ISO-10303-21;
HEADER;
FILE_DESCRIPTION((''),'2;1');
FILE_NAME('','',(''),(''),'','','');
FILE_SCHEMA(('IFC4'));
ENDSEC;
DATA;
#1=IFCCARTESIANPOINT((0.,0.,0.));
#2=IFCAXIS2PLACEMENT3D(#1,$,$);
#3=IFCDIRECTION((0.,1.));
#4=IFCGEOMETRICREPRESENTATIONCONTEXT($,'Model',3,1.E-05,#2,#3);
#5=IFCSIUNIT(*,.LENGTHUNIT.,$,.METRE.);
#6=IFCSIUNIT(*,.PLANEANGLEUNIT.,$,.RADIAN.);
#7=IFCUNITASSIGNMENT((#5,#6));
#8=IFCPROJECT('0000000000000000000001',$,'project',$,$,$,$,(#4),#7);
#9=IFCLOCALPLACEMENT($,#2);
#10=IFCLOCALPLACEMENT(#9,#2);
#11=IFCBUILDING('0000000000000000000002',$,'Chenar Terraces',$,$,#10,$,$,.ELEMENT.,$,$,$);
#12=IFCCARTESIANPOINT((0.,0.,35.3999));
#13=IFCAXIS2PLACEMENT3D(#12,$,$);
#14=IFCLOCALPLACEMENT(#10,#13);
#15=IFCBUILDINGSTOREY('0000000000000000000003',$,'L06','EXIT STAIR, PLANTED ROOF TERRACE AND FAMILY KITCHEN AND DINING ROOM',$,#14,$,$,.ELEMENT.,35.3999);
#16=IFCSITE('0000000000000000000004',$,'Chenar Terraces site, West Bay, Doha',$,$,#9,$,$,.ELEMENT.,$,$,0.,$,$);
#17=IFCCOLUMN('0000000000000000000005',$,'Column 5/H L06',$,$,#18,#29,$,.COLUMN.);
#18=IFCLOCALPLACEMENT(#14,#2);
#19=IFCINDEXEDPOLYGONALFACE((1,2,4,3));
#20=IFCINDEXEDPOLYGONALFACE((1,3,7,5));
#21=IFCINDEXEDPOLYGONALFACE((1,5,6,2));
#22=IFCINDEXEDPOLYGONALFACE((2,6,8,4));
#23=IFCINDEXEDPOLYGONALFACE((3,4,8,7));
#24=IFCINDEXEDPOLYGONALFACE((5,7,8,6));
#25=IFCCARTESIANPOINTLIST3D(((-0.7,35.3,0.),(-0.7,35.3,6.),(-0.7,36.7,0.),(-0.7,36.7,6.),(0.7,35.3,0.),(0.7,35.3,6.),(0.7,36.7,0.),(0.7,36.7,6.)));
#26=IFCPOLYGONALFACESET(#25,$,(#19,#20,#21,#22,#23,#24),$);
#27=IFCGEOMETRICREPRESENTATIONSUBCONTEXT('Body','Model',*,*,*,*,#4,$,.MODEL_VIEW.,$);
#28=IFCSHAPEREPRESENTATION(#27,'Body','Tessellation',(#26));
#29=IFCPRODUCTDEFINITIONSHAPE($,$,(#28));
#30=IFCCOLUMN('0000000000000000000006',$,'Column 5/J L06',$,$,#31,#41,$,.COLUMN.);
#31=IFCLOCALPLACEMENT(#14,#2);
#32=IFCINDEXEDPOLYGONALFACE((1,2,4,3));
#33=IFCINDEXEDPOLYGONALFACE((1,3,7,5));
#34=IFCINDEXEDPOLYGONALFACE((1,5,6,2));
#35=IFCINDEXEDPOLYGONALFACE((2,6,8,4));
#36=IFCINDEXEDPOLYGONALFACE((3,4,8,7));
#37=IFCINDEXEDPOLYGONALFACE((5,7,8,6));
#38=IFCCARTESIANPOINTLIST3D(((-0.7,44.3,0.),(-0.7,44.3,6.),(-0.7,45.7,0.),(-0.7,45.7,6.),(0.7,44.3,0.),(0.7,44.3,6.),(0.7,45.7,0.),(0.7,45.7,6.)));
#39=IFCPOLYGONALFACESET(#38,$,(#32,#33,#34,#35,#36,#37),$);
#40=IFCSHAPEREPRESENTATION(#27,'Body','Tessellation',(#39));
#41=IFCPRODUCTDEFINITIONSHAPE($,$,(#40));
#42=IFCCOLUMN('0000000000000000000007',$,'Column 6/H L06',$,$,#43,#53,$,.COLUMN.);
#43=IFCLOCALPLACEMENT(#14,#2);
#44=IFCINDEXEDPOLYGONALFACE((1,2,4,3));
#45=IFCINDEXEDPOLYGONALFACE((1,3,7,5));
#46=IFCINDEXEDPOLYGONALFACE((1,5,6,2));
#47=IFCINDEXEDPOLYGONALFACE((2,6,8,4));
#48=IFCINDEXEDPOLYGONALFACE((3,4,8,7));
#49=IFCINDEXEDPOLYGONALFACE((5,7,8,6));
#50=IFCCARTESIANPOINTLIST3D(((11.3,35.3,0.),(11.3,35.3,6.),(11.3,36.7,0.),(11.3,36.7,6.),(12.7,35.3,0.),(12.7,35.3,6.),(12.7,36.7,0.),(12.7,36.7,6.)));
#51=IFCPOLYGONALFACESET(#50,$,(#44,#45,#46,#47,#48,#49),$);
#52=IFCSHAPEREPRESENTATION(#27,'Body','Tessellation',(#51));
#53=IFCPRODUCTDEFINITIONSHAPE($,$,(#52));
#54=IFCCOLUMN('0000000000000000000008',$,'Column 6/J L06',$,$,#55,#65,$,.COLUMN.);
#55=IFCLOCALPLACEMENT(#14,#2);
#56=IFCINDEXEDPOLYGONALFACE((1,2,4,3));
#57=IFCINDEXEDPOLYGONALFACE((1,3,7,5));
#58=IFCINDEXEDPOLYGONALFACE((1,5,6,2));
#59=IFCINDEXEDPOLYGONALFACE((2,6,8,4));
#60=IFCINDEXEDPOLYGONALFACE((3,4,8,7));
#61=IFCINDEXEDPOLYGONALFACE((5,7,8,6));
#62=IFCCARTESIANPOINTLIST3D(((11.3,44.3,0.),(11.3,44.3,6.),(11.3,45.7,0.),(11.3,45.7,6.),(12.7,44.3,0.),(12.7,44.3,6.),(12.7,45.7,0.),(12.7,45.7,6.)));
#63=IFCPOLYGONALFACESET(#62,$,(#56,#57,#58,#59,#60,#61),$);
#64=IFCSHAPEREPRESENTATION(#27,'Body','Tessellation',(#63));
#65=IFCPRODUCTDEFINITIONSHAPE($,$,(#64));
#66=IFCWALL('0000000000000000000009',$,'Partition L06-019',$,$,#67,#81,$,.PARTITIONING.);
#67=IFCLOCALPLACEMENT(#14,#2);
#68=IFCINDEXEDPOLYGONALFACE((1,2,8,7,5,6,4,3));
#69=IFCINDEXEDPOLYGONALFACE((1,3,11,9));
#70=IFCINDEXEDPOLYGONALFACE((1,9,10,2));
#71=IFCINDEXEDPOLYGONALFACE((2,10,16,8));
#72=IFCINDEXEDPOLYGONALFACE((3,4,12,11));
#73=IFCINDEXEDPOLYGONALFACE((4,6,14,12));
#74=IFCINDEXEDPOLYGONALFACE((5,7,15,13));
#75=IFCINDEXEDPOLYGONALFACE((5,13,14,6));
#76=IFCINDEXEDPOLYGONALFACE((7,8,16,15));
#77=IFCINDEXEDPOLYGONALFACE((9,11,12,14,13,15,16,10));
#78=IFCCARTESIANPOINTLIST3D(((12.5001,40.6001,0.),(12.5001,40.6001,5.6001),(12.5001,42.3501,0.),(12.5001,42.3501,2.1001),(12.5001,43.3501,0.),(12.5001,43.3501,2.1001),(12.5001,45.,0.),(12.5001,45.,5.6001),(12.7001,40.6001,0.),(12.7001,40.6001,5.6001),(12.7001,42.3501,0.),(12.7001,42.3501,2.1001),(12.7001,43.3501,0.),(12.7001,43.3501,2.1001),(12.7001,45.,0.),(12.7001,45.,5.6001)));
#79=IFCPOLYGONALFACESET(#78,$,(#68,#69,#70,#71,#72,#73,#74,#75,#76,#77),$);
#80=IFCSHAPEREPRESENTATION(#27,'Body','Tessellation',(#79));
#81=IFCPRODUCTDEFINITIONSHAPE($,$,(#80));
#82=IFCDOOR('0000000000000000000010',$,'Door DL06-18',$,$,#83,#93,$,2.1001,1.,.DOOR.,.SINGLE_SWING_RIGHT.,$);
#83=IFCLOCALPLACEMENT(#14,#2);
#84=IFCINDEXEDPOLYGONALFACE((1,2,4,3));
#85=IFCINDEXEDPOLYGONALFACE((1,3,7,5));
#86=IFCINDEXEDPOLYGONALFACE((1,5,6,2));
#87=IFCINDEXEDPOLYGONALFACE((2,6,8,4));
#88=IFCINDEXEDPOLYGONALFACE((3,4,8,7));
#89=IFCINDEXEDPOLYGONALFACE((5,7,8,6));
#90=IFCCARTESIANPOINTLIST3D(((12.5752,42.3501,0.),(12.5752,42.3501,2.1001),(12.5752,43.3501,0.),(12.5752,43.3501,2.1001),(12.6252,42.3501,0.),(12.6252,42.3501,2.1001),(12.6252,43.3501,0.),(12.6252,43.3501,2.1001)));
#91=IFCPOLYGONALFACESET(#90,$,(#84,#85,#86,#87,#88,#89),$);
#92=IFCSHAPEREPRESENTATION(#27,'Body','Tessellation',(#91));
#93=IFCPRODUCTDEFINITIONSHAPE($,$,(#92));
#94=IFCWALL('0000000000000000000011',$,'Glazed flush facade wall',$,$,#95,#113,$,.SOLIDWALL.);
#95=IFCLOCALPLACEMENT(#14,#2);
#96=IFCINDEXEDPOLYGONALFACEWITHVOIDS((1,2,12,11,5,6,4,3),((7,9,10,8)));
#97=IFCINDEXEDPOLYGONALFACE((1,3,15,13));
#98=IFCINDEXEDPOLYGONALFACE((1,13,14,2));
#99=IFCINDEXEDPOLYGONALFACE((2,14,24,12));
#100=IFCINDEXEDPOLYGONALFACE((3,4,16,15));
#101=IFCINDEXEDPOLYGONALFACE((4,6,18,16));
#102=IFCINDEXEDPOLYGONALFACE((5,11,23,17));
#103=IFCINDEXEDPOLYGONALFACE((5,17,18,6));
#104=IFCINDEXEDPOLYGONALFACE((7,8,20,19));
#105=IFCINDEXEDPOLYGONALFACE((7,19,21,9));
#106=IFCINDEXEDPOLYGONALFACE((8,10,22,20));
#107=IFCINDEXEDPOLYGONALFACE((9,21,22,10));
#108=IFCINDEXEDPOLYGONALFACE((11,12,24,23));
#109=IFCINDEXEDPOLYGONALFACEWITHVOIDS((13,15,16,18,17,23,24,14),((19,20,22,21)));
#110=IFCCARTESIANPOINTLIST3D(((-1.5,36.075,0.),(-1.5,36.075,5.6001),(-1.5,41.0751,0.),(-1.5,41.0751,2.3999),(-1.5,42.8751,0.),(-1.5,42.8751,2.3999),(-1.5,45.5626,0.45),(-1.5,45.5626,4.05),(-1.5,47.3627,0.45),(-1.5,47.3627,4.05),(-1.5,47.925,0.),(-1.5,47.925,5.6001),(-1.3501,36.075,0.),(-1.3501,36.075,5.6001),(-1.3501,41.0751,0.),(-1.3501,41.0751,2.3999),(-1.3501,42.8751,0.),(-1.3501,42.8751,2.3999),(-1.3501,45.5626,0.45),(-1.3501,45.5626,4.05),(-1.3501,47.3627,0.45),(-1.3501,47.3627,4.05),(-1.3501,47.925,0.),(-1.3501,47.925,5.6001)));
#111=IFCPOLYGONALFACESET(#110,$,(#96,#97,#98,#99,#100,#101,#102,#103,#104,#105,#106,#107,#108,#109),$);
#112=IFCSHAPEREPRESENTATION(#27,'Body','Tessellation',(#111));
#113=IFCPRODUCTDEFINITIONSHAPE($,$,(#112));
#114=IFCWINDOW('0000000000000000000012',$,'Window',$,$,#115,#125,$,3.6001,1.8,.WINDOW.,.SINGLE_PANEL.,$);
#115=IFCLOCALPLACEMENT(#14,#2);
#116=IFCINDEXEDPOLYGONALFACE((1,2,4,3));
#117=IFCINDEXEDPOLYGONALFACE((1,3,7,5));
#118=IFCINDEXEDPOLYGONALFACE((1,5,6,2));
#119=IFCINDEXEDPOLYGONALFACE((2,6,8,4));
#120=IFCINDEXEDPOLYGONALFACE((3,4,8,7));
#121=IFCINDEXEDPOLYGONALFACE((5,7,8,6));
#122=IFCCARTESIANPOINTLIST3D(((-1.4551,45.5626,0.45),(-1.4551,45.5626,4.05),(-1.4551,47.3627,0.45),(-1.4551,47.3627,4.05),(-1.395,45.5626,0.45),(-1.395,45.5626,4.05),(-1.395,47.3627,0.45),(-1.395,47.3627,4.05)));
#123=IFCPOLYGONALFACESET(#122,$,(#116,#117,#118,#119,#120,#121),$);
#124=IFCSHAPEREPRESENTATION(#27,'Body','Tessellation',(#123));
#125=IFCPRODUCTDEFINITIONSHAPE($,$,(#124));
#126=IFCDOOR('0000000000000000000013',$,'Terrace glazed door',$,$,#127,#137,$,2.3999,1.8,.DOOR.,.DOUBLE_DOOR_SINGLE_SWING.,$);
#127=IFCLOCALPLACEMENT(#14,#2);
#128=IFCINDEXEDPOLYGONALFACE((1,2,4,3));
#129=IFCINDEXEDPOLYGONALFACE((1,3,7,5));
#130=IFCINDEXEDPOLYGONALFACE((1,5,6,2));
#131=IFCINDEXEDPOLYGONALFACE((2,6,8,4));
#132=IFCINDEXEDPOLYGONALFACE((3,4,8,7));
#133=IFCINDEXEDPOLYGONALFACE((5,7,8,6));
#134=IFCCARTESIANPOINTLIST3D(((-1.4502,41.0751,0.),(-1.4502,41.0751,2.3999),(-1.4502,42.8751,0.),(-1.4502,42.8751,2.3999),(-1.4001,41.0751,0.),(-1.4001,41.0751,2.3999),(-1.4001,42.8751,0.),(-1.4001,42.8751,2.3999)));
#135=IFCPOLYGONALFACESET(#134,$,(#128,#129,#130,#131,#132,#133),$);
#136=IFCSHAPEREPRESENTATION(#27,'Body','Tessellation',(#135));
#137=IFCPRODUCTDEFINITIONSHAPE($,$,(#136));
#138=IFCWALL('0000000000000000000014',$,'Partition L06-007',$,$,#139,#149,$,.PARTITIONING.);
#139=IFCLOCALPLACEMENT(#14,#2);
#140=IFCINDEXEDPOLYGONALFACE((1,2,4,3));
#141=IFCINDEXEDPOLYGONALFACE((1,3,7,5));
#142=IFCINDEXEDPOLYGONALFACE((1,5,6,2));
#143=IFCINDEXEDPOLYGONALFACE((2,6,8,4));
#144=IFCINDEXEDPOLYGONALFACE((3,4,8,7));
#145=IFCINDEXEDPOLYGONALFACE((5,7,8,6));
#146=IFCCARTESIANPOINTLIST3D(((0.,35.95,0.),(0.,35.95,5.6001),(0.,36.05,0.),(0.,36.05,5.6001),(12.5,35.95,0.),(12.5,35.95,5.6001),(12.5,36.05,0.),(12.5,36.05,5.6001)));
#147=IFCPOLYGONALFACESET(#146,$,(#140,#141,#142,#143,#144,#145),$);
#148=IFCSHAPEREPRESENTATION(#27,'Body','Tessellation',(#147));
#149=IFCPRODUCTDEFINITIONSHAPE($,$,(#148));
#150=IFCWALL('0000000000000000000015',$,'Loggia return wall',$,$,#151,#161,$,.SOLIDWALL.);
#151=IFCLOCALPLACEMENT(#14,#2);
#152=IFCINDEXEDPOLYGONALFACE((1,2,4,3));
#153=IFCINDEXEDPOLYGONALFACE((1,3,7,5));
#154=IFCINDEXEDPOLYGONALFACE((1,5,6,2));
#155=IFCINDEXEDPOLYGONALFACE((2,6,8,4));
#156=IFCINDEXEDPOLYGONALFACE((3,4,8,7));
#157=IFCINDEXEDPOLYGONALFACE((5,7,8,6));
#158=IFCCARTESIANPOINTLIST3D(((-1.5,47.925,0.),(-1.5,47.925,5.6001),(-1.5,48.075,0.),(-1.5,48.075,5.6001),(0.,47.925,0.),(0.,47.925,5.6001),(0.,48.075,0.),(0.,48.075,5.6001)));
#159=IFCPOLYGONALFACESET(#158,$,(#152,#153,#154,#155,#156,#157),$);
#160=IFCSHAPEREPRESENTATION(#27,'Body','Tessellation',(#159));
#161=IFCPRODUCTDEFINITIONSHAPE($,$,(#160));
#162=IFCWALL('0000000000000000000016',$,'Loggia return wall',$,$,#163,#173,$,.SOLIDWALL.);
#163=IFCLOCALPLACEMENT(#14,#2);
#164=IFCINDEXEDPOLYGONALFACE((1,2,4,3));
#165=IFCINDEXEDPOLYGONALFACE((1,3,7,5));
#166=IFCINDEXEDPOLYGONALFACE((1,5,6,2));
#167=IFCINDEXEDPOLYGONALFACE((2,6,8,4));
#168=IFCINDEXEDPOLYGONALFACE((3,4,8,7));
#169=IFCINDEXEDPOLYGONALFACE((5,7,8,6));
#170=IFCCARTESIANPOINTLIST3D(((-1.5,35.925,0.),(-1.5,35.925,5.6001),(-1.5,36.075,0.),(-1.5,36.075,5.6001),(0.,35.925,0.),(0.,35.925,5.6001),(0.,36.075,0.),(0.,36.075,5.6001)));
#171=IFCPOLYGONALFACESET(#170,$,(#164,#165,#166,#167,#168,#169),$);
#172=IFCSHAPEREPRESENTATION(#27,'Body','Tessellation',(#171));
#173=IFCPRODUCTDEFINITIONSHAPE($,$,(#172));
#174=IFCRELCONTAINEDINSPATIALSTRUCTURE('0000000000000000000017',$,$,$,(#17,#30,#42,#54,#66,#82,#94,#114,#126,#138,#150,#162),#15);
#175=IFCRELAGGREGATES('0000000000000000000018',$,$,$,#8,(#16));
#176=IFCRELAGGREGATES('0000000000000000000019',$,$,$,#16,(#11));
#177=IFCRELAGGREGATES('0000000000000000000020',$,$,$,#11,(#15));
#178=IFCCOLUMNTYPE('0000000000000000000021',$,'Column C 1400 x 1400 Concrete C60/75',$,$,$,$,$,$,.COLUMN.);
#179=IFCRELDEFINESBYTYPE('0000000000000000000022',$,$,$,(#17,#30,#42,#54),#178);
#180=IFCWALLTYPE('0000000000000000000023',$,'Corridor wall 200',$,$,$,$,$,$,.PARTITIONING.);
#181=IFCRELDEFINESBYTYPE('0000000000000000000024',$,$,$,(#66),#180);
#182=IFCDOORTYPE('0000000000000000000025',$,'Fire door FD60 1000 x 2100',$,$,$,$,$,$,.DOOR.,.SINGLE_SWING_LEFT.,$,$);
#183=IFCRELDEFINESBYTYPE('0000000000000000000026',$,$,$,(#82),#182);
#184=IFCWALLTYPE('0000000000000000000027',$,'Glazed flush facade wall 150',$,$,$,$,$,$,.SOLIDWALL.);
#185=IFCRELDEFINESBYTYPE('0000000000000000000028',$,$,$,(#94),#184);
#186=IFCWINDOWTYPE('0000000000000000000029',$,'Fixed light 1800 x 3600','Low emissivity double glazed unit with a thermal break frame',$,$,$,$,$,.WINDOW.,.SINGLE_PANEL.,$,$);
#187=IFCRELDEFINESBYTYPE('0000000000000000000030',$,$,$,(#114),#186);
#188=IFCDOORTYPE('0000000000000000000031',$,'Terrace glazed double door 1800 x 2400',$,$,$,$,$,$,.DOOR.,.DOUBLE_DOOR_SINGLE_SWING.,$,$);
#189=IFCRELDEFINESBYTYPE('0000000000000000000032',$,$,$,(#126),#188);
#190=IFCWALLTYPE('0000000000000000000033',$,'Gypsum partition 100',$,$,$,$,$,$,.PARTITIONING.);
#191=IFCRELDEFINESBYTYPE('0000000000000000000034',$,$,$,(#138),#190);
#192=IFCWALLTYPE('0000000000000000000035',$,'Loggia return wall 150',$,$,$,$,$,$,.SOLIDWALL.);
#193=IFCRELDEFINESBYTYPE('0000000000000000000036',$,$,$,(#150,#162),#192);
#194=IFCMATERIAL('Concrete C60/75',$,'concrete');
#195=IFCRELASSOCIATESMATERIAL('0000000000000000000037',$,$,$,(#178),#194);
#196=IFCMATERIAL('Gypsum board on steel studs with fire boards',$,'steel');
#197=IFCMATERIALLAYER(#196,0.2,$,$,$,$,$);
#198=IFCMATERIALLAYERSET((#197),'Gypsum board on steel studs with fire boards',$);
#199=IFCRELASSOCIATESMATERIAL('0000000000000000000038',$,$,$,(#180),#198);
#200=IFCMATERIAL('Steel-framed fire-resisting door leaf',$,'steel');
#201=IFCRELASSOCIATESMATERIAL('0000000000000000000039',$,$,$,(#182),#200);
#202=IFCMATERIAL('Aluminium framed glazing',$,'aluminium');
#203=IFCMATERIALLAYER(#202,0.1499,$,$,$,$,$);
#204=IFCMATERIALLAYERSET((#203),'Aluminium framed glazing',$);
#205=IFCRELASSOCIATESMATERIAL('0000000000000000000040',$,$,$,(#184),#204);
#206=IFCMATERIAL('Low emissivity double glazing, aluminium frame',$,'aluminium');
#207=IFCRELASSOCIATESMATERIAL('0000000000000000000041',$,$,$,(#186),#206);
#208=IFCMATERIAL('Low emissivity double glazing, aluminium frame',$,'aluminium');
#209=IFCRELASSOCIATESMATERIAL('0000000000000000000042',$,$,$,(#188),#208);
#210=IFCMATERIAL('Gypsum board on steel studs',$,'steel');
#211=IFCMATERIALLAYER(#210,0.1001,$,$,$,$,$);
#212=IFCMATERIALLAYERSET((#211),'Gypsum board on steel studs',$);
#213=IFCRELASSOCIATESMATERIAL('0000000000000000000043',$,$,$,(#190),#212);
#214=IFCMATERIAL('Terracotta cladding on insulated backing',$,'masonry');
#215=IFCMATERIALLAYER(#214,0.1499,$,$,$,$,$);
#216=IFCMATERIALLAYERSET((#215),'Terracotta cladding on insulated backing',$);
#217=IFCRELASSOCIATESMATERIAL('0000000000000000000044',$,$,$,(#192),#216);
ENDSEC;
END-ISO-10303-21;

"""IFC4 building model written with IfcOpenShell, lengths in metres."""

from ifc_helpers import new_model, si_unit, direction, frame, frame_2d, origin, origin_2d, place, context, subcontext, project, spatial, rectangle, extrude, material, layer, layer_set, material_profile, profile_set, type_object, element, fill, save


model = new_model("IFC4")

# Units and contexts
model_context = context("Model", 3, precision=1e-05, world=origin(), true_north=direction((0.0, 1.0)))
body_context = subcontext(model_context, "Body", "Model", "MODEL_VIEW")
ifc_project = project(units=[si_unit("LENGTHUNIT", "METRE"), si_unit("PLANEANGLEUNIT", "RADIAN")], contexts=[model_context])

# Site, building, storey
site_placement = place(None, origin())
site = spatial("IfcSite", under=ifc_project, at=site_placement, Name="Chenar Terraces site, West Bay, Doha", CompositionType="ELEMENT", RefElevation=0.0)
building_placement = place(site_placement, origin())
building = spatial("IfcBuilding", under=site, at=building_placement, Name="Chenar Terraces", CompositionType="ELEMENT")
storey_placement = place(building_placement, frame((0.0, 0.0, 35.3999)))
storey = spatial("IfcBuildingStorey", under=building, at=storey_placement, Name="L06", Description="EXIT STAIR, PLANTED ROOF TERRACE AND FAMILY KITCHEN AND DINING ROOM", CompositionType="ELEMENT", Elevation=35.3999)

# Columns
ifc_material_1 = material(Name="Concrete C60/75", Category="concrete")
ifc_material_profile_1 = material_profile(ifc_material_1, rectangle(XDim=1.3999, YDim=1.3999, at=origin_2d()), Name="C 1400 x 1400")
ifc_profile_set_1 = profile_set([ifc_material_profile_1], Name="Concrete C60/75")
column_type = type_object("IfcColumnType", Name="Column C 1400 x 1400 Concrete C60/75", PredefinedType="COLUMN", material=ifc_profile_set_1)
placement = place(storey_placement, frame((0.0, 36.0, 0.0), z_axis=(0.0, 0.0, 1.0), x_axis=(1.0, 0.0, 0.0)))
element("IfcColumn", 1, at=placement, inside=storey, type_object=column_type, Name="Column 5/H L06", PredefinedType="COLUMN", context=body_context, shape_type="SweptSolid", body=[
    extrude(rectangle(XDim=1.3999, YDim=1.3999, at=origin_2d()), origin(), (0.0, 0.0, 1.0), 6.0),
])
for number, where, z_axis, x_axis, name in (
    (2, (0.0, 45.0, 0.0), (0.0, 0.0, 1.0), (1.0, 0.0, 0.0), "Column 5/J L06"),
    (3, (12.0, 36.0, 0.0), (0.0, 0.0, 1.0), (1.0, 0.0, 0.0), "Column 6/H L06"),
    (4, (12.0, 45.0, 0.0), (0.0, 0.0, 1.0), (1.0, 0.0, 0.0), "Column 6/J L06"),
):
    element("IfcColumn", number, at=place(storey_placement, frame(where, z_axis=z_axis, x_axis=x_axis)), inside=storey, type_object=column_type, Name=name, PredefinedType="COLUMN", context=body_context, shape_type="SweptSolid", body=[
        extrude(rectangle(XDim=1.3999, YDim=1.3999, at=origin_2d()), origin(), (0.0, 0.0, 1.0), 6.0),
    ])

# Wall, opening, door
ifc_material_2 = material(Name="Gypsum board on steel studs with fire boards", Category="steel")
ifc_layer_1 = layer(ifc_material_2, 0.2)
ifc_layer_set_1 = layer_set([ifc_layer_1], Name="Gypsum board on steel studs with fire boards")
wall_type_1 = type_object("IfcWallType", Name="Corridor wall 200", PredefinedType="PARTITIONING", material=ifc_layer_set_1)
wall_1_placement = place(storey_placement, frame((12.6001, 40.6001, 0.0), z_axis=(0.0, 0.0, 1.0), x_axis=(0.0, 1.0, 0.0)))
wall_1 = element("IfcWall", 5, at=wall_1_placement, inside=storey, type_object=wall_type_1, Name="Partition L06-019", PredefinedType="PARTITIONING", context=body_context, shape_type="SweptSolid", body=[
    extrude(rectangle(XDim=4.3999, YDim=0.2, at=frame_2d((2.2, 0.0))), origin(), (0.0, 0.0, 1.0), 5.6001),
])
opening_1_placement = place(wall_1_placement, frame((1.75, 0.0, 0.0)))
opening_1 = element("IfcOpeningElement", 6, at=opening_1_placement, cuts=wall_1, PredefinedType="OPENING", context=body_context, shape_type="SweptSolid", body=[
    extrude(rectangle(XDim=1.0, YDim=2.1001, at=frame_2d((0.5, 1.05))), frame((0.0, 0.1099, 0.0), z_axis=(0.0, -1.0, 0.0), x_axis=(1.0, 0.0, 0.0)), (0.0, 0.0, 1.0), 0.22),
])
ifc_material_3 = material(Name="Steel-framed fire-resisting door leaf", Category="steel")
door_type_1 = type_object("IfcDoorType", Name="Fire door FD60 1000 x 2100", OperationType="SINGLE_SWING_LEFT", PredefinedType="DOOR", material=ifc_material_3)
door_1_placement = place(opening_1_placement, origin())
door_1 = element("IfcDoor", 7, at=door_1_placement, inside=storey, type_object=door_type_1, Name="Door DL06-18", OperationType="SINGLE_SWING_RIGHT", OverallHeight=2.1001, OverallWidth=1.0, PredefinedType="DOOR", context=body_context, shape_type="SweptSolid", body=[
    extrude(rectangle(XDim=1.0, YDim=2.1001, at=frame_2d((0.5, 1.05))), frame((0.0, 0.0249, 0.0), z_axis=(0.0, -1.0, 0.0), x_axis=(1.0, 0.0, 0.0)), (0.0, 0.0, 1.0), 0.05),
])
fill(opening_1, door_1)

# Wall, openings, window, door
ifc_material_4 = material(Name="Aluminium framed glazing", Category="aluminium")
ifc_layer_2 = layer(ifc_material_4, 0.1499)
ifc_layer_set_2 = layer_set([ifc_layer_2], Name="Aluminium framed glazing")
wall_type_2 = type_object("IfcWallType", Name="Glazed flush facade wall 150", PredefinedType="SOLIDWALL", material=ifc_layer_set_2)
wall_2_placement = place(storey_placement, frame((-1.425, 47.925, 0.0), z_axis=(0.0, 0.0, 1.0), x_axis=(0.0, -1.0, 0.0)))
wall_2 = element("IfcWall", 8, at=wall_2_placement, inside=storey, type_object=wall_type_2, Name="Glazed flush facade wall", PredefinedType="SOLIDWALL", context=body_context, shape_type="SweptSolid", body=[
    extrude(rectangle(XDim=11.8501, YDim=0.1499, at=frame_2d((5.925, 0.0))), origin(), (0.0, 0.0, 1.0), 5.6001),
])
opening_2_placement = place(wall_2_placement, frame((0.5625, 0.0, 0.45)))
opening_2 = element("IfcOpeningElement", 9, at=opening_2_placement, cuts=wall_2, PredefinedType="OPENING", context=body_context, shape_type="SweptSolid", body=[
    extrude(rectangle(XDim=1.8, YDim=3.6001, at=frame_2d((0.8999, 1.8))), frame((0.0, 0.085, 0.0), z_axis=(0.0, -1.0, 0.0), x_axis=(1.0, 0.0, 0.0)), (0.0, 0.0, 1.0), 0.1699),
])
opening_3_placement = place(wall_2_placement, frame((5.05, 0.0, 0.0)))
opening_3 = element("IfcOpeningElement", 10, at=opening_3_placement, cuts=wall_2, PredefinedType="OPENING", context=body_context, shape_type="SweptSolid", body=[
    extrude(rectangle(XDim=1.8, YDim=2.3999, at=frame_2d((0.8999, 1.2))), frame((0.0, 0.085, 0.0), z_axis=(0.0, -1.0, 0.0), x_axis=(1.0, 0.0, 0.0)), (0.0, 0.0, 1.0), 0.1699),
])
ifc_material_5 = material(Name="Low emissivity double glazing, aluminium frame", Category="aluminium")
window_type = type_object("IfcWindowType", Name="Fixed light 1800 x 3600", Description="Low emissivity double glazed unit with a thermal break frame", PartitioningType="SINGLE_PANEL", PredefinedType="WINDOW", material=ifc_material_5)
window_placement = place(opening_2_placement, origin())
window = element("IfcWindow", 11, at=window_placement, inside=storey, type_object=window_type, Name="Window", OverallHeight=3.6001, OverallWidth=1.8, PartitioningType="SINGLE_PANEL", PredefinedType="WINDOW", context=body_context, shape_type="SweptSolid", body=[
    extrude(rectangle(XDim=1.8, YDim=3.6001, at=frame_2d((0.8999, 1.8))), frame((0.0, 0.03, 0.0), z_axis=(0.0, -1.0, 0.0), x_axis=(1.0, 0.0, 0.0)), (0.0, 0.0, 1.0), 0.0601),
])
fill(opening_2, window)
ifc_material_6 = material(Name="Low emissivity double glazing, aluminium frame", Category="aluminium")
door_type_2 = type_object("IfcDoorType", Name="Terrace glazed double door 1800 x 2400", OperationType="DOUBLE_DOOR_SINGLE_SWING", PredefinedType="DOOR", material=ifc_material_6)
door_2_placement = place(opening_3_placement, origin())
door_2 = element("IfcDoor", 12, at=door_2_placement, inside=storey, type_object=door_type_2, Name="Terrace glazed door", OperationType="DOUBLE_DOOR_SINGLE_SWING", OverallHeight=2.3999, OverallWidth=1.8, PredefinedType="DOOR", context=body_context, shape_type="SweptSolid", body=[
    extrude(rectangle(XDim=1.8, YDim=2.3999, at=frame_2d((0.8999, 1.2))), frame((0.0, 0.0249, 0.0), z_axis=(0.0, -1.0, 0.0), x_axis=(1.0, 0.0, 0.0)), (0.0, 0.0, 1.0), 0.05),
])
fill(opening_3, door_2)

# Walls
ifc_material_7 = material(Name="Gypsum board on steel studs", Category="steel")
ifc_layer_3 = layer(ifc_material_7, 0.1001)
ifc_layer_set_3 = layer_set([ifc_layer_3], Name="Gypsum board on steel studs")
wall_type_3 = type_object("IfcWallType", Name="Gypsum partition 100", PredefinedType="PARTITIONING", material=ifc_layer_set_3)
element("IfcWall", 13, at=placement, inside=storey, type_object=wall_type_3, Name="Partition L06-007", PredefinedType="PARTITIONING", context=body_context, shape_type="SweptSolid", body=[
    extrude(rectangle(XDim=12.5, YDim=0.1001, at=frame_2d((6.25, 0.0))), origin(), (0.0, 0.0, 1.0), 5.6001),
])
ifc_material_8 = material(Name="Terracotta cladding on insulated backing", Category="masonry")
ifc_layer_4 = layer(ifc_material_8, 0.1499)
ifc_layer_set_4 = layer_set([ifc_layer_4], Name="Terracotta cladding on insulated backing")
wall_type_4 = type_object("IfcWallType", Name="Loggia return wall 150", PredefinedType="SOLIDWALL", material=ifc_layer_set_4)
for number, where, z_axis, x_axis, name in (
    (14, (-1.5, 48.0, 0.0), (0.0, 0.0, 1.0), (1.0, 0.0, 0.0), "Loggia return wall"),
    (15, (-1.5, 36.0, 0.0), (0.0, 0.0, 1.0), (1.0, 0.0, 0.0), "Loggia return wall"),
):
    element("IfcWall", number, at=place(storey_placement, frame(where, z_axis=z_axis, x_axis=x_axis)), inside=storey, type_object=wall_type_4, Name=name, PredefinedType="SOLIDWALL", context=body_context, shape_type="SweptSolid", body=[
        extrude(rectangle(XDim=1.5, YDim=0.1499, at=frame_2d((0.75, 0.0))), origin(), (0.0, 0.0, 1.0), 5.6001),
    ])

save(model, "model.ifc")
